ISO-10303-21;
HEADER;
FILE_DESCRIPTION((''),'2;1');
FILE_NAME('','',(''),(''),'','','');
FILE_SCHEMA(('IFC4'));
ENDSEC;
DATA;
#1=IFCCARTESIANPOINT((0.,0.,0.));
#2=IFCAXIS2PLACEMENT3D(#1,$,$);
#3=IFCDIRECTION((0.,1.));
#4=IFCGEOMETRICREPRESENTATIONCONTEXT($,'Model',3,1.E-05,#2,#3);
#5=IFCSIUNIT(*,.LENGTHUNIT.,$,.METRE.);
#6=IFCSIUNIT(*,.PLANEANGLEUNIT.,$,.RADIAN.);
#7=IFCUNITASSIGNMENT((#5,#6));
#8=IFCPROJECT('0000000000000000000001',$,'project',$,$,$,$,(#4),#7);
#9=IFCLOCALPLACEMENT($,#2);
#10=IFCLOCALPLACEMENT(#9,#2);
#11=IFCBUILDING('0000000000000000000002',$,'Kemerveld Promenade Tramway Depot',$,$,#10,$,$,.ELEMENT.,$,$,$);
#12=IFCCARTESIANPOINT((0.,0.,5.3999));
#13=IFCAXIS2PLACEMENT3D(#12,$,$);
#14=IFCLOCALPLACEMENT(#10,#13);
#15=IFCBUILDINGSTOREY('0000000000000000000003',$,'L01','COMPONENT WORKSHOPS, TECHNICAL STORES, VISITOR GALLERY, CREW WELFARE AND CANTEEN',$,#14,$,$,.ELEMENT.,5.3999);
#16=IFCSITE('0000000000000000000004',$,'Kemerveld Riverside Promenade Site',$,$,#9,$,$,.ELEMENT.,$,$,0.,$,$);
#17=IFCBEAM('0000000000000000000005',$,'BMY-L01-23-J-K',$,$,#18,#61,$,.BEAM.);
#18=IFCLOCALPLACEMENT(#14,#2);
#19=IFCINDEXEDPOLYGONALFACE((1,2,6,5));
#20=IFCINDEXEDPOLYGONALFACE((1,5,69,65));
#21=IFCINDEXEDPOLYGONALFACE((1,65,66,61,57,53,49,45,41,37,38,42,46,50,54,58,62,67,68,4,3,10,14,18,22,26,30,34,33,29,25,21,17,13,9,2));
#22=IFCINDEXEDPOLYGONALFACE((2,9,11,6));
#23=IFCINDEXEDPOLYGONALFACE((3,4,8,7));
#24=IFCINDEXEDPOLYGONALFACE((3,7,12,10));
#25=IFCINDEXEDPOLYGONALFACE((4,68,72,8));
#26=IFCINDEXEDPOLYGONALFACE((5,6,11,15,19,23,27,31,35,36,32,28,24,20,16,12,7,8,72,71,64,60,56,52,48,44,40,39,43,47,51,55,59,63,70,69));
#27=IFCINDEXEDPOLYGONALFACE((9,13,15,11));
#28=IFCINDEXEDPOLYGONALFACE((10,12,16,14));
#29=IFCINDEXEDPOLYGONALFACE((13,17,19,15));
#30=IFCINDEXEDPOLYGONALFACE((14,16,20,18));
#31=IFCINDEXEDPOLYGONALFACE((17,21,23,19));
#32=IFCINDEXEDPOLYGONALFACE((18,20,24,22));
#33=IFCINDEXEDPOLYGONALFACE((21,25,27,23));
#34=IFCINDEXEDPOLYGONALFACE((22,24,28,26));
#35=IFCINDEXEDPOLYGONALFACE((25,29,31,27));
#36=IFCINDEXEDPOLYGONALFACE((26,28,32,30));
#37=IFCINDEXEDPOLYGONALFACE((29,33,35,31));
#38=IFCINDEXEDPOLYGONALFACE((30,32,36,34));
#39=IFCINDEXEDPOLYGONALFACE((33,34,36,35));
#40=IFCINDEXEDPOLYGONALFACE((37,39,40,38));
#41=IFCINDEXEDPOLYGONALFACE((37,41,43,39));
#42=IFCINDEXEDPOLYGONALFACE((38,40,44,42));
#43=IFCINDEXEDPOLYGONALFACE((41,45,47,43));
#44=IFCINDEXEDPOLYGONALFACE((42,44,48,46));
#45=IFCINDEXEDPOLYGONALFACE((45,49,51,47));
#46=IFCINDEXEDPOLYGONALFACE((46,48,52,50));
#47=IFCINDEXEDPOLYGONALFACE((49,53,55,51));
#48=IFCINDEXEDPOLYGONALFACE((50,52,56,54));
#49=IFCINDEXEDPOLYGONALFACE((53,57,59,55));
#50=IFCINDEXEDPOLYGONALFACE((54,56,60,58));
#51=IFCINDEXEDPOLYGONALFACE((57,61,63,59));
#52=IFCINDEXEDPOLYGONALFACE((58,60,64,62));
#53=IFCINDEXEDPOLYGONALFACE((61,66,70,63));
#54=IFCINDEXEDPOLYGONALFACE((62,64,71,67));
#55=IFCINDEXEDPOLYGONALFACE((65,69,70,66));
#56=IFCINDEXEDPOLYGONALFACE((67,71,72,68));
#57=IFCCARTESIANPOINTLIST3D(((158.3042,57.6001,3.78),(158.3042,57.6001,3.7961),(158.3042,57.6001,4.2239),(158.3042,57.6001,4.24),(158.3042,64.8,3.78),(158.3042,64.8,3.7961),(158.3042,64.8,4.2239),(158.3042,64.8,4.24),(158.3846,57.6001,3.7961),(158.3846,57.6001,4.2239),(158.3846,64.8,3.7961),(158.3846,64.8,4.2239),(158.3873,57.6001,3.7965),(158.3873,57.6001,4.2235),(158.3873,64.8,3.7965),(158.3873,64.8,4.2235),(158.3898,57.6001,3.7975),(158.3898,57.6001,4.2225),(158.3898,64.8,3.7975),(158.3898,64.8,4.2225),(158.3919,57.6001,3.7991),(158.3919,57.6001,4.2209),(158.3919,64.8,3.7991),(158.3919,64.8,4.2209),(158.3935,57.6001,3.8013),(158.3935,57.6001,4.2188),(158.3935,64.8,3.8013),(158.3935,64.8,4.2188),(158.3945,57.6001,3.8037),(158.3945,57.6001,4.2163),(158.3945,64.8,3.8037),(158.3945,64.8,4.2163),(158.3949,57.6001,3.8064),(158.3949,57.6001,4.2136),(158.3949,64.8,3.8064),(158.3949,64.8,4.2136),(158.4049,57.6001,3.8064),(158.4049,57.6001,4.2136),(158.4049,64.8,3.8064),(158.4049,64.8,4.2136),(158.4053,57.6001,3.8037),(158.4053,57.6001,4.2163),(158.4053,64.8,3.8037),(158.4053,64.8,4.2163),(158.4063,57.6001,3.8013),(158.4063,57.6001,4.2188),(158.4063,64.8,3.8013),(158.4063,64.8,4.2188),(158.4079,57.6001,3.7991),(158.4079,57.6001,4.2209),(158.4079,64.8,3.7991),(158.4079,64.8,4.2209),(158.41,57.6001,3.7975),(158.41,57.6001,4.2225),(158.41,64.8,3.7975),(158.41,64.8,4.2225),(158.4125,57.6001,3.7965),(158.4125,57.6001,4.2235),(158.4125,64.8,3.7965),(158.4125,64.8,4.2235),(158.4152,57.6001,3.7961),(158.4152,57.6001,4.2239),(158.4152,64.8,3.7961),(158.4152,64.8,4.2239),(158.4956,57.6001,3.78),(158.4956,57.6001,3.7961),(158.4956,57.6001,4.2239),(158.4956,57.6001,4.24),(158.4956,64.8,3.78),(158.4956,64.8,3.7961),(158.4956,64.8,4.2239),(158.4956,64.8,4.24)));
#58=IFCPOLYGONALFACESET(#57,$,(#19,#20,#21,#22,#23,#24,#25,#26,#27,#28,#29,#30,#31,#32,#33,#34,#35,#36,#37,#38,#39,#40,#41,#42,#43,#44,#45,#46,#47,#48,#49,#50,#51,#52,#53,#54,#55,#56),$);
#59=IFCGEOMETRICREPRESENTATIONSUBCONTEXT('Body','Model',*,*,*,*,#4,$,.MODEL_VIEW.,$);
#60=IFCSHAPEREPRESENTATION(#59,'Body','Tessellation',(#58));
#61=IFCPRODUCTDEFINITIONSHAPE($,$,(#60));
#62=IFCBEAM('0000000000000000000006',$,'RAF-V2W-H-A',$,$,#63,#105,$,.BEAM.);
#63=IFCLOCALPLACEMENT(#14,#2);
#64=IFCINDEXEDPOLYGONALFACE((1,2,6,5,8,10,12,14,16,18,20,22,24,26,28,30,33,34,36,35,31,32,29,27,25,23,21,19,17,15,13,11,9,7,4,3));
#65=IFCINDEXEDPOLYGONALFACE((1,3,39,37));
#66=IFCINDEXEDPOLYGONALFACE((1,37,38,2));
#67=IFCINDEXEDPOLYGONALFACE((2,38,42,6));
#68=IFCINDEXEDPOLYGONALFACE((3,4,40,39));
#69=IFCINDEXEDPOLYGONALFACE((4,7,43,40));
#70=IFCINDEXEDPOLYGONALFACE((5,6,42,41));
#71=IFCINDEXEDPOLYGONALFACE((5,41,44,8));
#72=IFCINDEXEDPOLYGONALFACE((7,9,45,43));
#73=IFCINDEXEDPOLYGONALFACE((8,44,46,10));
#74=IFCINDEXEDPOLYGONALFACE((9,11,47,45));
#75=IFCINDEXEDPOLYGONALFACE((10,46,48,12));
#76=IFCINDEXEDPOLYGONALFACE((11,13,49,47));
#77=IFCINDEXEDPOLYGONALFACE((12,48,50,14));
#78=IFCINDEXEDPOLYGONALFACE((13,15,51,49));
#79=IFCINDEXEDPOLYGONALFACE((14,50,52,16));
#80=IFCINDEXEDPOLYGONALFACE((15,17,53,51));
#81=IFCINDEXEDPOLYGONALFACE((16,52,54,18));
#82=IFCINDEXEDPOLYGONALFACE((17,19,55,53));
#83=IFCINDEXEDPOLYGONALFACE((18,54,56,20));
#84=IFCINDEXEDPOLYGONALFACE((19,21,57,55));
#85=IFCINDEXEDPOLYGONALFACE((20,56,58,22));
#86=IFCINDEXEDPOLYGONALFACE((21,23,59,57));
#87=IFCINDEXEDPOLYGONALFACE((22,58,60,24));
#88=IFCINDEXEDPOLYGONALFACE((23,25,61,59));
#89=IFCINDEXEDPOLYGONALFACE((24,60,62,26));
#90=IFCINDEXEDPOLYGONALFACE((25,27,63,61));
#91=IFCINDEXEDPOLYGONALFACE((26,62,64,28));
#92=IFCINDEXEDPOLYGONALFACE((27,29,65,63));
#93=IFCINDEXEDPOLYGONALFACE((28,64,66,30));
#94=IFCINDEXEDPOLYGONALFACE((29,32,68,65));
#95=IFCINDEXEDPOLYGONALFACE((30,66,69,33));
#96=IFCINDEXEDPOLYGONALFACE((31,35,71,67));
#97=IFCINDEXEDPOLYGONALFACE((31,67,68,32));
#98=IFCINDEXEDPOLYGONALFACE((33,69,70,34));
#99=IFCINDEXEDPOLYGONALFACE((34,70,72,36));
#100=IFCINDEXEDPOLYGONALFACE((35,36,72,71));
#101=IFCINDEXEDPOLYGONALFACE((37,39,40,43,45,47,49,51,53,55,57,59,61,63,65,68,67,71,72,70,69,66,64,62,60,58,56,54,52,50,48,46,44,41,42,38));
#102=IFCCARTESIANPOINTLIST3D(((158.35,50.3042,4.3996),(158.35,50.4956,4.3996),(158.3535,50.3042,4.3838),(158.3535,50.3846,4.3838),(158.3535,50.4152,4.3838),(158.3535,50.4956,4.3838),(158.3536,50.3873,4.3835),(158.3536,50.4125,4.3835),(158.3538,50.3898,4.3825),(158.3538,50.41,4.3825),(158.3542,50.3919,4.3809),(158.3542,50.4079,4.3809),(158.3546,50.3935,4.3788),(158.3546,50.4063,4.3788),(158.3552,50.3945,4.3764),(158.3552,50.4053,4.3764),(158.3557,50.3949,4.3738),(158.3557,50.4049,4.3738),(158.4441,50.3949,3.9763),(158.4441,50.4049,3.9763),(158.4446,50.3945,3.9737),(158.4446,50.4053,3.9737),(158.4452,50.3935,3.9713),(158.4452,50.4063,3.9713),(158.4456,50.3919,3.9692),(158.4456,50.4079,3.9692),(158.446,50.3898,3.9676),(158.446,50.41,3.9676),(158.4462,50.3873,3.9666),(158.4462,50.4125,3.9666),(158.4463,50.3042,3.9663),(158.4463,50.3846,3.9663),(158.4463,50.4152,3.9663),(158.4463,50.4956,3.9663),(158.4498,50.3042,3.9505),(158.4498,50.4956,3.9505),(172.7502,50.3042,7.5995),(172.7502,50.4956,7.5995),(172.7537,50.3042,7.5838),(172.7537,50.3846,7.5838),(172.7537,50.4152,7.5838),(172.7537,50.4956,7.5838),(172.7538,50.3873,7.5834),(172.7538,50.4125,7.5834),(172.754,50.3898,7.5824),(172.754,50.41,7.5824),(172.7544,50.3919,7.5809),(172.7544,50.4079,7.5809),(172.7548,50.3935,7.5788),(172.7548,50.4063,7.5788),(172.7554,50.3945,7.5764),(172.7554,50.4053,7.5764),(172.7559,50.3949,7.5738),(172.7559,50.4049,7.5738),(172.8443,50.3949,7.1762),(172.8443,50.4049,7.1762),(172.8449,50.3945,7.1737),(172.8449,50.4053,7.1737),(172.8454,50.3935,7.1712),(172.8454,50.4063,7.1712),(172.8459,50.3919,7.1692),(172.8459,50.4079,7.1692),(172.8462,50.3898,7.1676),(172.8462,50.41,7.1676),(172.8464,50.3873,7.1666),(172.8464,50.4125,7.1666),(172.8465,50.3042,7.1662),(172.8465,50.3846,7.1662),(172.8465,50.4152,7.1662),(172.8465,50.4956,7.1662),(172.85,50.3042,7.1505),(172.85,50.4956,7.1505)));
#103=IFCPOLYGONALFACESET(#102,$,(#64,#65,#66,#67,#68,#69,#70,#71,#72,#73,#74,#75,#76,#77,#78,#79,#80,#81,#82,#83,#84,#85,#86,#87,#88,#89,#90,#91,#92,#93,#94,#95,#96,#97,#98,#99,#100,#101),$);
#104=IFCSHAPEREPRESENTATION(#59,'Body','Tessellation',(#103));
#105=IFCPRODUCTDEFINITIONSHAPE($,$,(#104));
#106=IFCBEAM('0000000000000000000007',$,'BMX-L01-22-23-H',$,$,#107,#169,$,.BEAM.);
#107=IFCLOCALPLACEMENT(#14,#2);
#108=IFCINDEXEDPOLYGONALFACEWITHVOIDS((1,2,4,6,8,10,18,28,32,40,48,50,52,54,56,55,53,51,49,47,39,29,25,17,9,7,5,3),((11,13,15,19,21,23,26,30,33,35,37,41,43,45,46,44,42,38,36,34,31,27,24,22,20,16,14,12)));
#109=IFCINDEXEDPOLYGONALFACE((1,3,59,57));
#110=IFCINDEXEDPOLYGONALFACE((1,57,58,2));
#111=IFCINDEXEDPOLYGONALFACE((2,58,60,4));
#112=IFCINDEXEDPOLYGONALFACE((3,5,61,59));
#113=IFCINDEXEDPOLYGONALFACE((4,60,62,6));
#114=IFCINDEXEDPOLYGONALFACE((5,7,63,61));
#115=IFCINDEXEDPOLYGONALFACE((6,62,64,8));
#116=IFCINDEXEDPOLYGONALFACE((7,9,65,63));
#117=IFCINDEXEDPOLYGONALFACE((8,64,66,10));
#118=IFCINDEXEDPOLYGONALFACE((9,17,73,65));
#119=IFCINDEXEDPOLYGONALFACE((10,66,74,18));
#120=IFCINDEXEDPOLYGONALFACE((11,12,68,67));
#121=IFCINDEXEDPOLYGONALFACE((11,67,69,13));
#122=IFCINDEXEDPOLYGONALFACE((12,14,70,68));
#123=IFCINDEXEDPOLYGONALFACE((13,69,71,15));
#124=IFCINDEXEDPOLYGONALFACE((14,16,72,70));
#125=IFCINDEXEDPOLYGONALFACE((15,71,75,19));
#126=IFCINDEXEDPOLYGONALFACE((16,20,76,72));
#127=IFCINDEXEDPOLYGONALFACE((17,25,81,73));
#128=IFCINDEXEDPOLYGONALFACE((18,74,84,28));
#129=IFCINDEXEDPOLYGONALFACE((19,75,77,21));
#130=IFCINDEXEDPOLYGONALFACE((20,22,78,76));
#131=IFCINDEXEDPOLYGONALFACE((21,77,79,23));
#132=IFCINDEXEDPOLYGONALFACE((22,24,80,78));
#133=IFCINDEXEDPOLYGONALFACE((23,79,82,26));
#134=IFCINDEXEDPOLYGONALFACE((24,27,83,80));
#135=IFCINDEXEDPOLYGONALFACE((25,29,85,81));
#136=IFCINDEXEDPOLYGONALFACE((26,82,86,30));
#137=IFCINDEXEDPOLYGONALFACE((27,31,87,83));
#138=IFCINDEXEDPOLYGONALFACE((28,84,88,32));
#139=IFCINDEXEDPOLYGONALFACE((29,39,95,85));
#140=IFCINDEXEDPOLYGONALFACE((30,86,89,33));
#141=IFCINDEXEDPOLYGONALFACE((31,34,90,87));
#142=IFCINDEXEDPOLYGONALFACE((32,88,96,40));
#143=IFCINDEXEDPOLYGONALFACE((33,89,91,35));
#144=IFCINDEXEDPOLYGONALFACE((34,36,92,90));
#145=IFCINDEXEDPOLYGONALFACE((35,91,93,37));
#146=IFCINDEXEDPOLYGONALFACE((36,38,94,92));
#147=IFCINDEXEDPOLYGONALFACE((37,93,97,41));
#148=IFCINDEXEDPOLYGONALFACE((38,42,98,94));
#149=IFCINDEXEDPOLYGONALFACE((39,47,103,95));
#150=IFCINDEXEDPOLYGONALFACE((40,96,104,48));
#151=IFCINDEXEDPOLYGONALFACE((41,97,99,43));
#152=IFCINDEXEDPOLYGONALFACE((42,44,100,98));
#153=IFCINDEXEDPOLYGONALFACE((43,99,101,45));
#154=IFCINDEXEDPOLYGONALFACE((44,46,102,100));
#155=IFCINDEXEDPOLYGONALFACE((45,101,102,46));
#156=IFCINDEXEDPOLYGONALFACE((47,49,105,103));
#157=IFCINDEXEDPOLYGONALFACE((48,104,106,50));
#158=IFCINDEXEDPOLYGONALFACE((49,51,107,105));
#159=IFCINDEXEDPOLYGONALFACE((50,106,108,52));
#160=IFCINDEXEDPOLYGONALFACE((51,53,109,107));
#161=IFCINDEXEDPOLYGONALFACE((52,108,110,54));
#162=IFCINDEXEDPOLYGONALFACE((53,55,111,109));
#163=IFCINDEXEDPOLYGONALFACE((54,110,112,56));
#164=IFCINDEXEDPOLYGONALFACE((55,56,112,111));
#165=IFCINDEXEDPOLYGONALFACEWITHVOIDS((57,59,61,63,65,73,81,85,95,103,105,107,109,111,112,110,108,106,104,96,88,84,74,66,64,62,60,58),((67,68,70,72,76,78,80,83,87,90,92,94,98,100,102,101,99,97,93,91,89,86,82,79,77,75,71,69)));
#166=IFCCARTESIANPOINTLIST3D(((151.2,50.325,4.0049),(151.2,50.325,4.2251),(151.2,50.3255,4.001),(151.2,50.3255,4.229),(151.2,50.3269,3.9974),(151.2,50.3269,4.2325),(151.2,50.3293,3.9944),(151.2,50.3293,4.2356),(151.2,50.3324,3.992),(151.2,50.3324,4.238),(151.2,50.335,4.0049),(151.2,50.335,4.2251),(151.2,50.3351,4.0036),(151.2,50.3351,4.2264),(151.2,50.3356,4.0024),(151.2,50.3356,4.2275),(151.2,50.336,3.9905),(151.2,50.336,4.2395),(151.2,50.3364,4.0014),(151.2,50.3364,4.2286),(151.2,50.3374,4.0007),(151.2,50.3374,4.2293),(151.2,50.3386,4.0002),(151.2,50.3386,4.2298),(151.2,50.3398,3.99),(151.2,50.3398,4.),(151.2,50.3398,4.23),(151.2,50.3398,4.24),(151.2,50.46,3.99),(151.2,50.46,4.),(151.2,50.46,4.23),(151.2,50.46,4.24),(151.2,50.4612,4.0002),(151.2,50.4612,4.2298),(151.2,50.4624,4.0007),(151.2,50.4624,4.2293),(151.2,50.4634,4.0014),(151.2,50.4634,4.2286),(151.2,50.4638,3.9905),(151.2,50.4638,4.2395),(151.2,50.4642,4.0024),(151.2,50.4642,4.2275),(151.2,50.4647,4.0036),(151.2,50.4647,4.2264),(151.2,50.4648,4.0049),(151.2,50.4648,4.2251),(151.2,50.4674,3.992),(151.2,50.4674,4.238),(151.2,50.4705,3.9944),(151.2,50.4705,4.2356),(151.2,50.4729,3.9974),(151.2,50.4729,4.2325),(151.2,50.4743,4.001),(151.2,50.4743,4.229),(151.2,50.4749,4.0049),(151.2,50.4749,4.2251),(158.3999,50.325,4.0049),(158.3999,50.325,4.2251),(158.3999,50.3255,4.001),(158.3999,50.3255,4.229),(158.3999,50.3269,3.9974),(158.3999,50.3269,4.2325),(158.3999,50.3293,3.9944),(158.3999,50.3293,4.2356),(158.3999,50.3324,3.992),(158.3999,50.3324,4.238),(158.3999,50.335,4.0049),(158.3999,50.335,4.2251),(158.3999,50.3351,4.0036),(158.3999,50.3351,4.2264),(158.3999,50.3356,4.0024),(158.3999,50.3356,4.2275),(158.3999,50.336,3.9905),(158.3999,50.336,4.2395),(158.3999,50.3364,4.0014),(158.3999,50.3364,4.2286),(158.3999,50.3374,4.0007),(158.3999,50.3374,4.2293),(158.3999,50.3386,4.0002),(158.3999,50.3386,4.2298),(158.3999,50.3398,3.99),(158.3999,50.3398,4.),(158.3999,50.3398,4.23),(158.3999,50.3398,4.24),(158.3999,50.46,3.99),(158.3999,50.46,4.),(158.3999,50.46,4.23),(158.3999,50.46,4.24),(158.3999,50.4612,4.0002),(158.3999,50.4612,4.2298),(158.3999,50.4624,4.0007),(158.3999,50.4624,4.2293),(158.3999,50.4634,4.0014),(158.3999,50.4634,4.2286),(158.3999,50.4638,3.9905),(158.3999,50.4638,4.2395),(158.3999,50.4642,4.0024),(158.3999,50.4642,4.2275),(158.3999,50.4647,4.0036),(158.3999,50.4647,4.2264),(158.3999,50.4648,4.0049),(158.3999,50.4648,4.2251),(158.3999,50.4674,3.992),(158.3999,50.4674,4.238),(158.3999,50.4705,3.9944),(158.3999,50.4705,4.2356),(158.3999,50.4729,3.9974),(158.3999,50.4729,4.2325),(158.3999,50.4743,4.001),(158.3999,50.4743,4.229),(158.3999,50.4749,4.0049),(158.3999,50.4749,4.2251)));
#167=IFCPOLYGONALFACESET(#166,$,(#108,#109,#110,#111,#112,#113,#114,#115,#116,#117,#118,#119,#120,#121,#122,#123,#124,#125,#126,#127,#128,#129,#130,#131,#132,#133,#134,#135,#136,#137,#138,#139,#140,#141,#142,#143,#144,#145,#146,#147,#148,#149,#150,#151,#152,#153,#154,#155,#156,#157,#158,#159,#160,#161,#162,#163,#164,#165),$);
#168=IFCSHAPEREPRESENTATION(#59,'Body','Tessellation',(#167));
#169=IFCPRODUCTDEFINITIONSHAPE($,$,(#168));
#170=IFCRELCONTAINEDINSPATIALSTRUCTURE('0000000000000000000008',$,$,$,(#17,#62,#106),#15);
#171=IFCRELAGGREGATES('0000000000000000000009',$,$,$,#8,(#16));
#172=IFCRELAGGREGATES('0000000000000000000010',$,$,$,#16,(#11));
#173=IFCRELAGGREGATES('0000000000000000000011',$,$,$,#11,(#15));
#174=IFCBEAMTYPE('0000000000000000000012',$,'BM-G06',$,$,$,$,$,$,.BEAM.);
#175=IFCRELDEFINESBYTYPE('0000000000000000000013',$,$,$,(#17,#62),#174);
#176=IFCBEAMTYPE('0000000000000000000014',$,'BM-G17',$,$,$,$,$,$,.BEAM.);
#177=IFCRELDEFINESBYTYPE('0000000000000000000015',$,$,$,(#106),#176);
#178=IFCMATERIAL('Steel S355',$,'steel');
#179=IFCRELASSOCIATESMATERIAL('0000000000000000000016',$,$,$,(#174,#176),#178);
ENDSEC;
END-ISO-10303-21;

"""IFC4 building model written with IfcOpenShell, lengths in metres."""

from ifc_helpers import new_model, si_unit, direction, frame, origin, origin_2d, place, context, subcontext, project, spatial, hollow_rectangle, i_section, extrude, material, material_profile, profile_set, type_object, element, save


model = new_model("IFC4")

# Units and contexts
model_context = context("Model", 3, precision=1e-05, world=origin(), true_north=direction((0.0, 1.0)))
body_context = subcontext(model_context, "Body", "Model", "MODEL_VIEW")
ifc_project = project(units=[si_unit("LENGTHUNIT", "METRE"), si_unit("PLANEANGLEUNIT", "RADIAN")], contexts=[model_context])

# Site, building, storey
site_placement = place(None, origin())
site = spatial("IfcSite", under=ifc_project, at=site_placement, Name="Kemerveld Riverside Promenade Site", CompositionType="ELEMENT", RefElevation=0.0)
building_placement = place(site_placement, origin())
building = spatial("IfcBuilding", under=site, at=building_placement, Name="Kemerveld Promenade Tramway Depot", CompositionType="ELEMENT")
storey_placement = place(building_placement, frame((0.0, 0.0, 5.3999)))
storey = spatial("IfcBuildingStorey", under=building, at=storey_placement, Name="L01", Description="COMPONENT WORKSHOPS, TECHNICAL STORES, VISITOR GALLERY, CREW WELFARE AND CANTEEN", CompositionType="ELEMENT", Elevation=5.3999)

# Shared definitions
ifc_material_1 = material(Name="Steel S355", Category="steel")

# Beams
ifc_material_profile_1 = material_profile(ifc_material_1, i_section(OverallWidth=0.1914, OverallDepth=0.46, WebThickness=0.01, FlangeThickness=0.0161, FilletRadius=0.0103, at=origin_2d()), Name="457x191x82 UB")
ifc_profile_set_1 = profile_set([ifc_material_profile_1], Name="Steel S355")
beam_type_1 = type_object("IfcBeamType", Name="BM-G06", PredefinedType="BEAM", material=ifc_profile_set_1)
for number, where, z_axis, x_axis, name in (
    (1, (158.3999, 57.6001, 4.01), (0.0, 1.0, 0.0), (-1.0, 0.0, 0.0), "BMY-L01-23-J-K"),
):
    element("IfcBeam", number, at=place(storey_placement, frame(where, z_axis=z_axis, x_axis=x_axis)), inside=storey, type_object=beam_type_1, Name=name, PredefinedType="BEAM", context=body_context, shape_type="SweptSolid", body=[
        extrude(i_section(OverallWidth=0.1914, OverallDepth=0.46, WebThickness=0.01, FlangeThickness=0.0161, FilletRadius=0.0103, at=origin_2d()), origin(), (0.0, 0.0, 1.0), 7.2),
    ])
beam_1_placement = place(storey_placement, frame((158.3999, 50.3999, 4.175), z_axis=(0.976188, 0.0, 0.216925), x_axis=(0.0, 1.0, 0.0)))
element("IfcBeam", 2, at=beam_1_placement, inside=storey, type_object=beam_type_1, Name="RAF-V2W-H-A", PredefinedType="BEAM", context=body_context, shape_type="SweptSolid", body=[
    extrude(i_section(OverallWidth=0.1914, OverallDepth=0.46, WebThickness=0.01, FlangeThickness=0.0161, FilletRadius=0.0103, at=origin_2d()), origin(), (0.0, 0.0, 1.0), 14.7515),
])
ifc_material_profile_2 = material_profile(ifc_material_1, hollow_rectangle(XDim=0.1499, YDim=0.25, WallThickness=0.01, InnerFilletRadius=0.0049, OuterFilletRadius=0.0149, at=origin_2d()), Name="250x150x10.0 RHS")
ifc_profile_set_2 = profile_set([ifc_material_profile_2], Name="Steel S355")
beam_type_2 = type_object("IfcBeamType", Name="BM-G17", PredefinedType="BEAM", material=ifc_profile_set_2)
beam_2_placement = place(storey_placement, frame((151.2, 50.3999, 4.115), z_axis=(1.0, 0.0, 0.0), x_axis=(0.0, 1.0, 0.0)))
element("IfcBeam", 3, at=beam_2_placement, inside=storey, type_object=beam_type_2, Name="BMX-L01-22-23-H", PredefinedType="BEAM", context=body_context, shape_type="SweptSolid", body=[
    extrude(hollow_rectangle(XDim=0.1499, YDim=0.25, WallThickness=0.01, InnerFilletRadius=0.0049, OuterFilletRadius=0.0149, at=origin_2d()), origin(), (0.0, 0.0, 1.0), 7.2),
])

save(model, "model.ifc")
